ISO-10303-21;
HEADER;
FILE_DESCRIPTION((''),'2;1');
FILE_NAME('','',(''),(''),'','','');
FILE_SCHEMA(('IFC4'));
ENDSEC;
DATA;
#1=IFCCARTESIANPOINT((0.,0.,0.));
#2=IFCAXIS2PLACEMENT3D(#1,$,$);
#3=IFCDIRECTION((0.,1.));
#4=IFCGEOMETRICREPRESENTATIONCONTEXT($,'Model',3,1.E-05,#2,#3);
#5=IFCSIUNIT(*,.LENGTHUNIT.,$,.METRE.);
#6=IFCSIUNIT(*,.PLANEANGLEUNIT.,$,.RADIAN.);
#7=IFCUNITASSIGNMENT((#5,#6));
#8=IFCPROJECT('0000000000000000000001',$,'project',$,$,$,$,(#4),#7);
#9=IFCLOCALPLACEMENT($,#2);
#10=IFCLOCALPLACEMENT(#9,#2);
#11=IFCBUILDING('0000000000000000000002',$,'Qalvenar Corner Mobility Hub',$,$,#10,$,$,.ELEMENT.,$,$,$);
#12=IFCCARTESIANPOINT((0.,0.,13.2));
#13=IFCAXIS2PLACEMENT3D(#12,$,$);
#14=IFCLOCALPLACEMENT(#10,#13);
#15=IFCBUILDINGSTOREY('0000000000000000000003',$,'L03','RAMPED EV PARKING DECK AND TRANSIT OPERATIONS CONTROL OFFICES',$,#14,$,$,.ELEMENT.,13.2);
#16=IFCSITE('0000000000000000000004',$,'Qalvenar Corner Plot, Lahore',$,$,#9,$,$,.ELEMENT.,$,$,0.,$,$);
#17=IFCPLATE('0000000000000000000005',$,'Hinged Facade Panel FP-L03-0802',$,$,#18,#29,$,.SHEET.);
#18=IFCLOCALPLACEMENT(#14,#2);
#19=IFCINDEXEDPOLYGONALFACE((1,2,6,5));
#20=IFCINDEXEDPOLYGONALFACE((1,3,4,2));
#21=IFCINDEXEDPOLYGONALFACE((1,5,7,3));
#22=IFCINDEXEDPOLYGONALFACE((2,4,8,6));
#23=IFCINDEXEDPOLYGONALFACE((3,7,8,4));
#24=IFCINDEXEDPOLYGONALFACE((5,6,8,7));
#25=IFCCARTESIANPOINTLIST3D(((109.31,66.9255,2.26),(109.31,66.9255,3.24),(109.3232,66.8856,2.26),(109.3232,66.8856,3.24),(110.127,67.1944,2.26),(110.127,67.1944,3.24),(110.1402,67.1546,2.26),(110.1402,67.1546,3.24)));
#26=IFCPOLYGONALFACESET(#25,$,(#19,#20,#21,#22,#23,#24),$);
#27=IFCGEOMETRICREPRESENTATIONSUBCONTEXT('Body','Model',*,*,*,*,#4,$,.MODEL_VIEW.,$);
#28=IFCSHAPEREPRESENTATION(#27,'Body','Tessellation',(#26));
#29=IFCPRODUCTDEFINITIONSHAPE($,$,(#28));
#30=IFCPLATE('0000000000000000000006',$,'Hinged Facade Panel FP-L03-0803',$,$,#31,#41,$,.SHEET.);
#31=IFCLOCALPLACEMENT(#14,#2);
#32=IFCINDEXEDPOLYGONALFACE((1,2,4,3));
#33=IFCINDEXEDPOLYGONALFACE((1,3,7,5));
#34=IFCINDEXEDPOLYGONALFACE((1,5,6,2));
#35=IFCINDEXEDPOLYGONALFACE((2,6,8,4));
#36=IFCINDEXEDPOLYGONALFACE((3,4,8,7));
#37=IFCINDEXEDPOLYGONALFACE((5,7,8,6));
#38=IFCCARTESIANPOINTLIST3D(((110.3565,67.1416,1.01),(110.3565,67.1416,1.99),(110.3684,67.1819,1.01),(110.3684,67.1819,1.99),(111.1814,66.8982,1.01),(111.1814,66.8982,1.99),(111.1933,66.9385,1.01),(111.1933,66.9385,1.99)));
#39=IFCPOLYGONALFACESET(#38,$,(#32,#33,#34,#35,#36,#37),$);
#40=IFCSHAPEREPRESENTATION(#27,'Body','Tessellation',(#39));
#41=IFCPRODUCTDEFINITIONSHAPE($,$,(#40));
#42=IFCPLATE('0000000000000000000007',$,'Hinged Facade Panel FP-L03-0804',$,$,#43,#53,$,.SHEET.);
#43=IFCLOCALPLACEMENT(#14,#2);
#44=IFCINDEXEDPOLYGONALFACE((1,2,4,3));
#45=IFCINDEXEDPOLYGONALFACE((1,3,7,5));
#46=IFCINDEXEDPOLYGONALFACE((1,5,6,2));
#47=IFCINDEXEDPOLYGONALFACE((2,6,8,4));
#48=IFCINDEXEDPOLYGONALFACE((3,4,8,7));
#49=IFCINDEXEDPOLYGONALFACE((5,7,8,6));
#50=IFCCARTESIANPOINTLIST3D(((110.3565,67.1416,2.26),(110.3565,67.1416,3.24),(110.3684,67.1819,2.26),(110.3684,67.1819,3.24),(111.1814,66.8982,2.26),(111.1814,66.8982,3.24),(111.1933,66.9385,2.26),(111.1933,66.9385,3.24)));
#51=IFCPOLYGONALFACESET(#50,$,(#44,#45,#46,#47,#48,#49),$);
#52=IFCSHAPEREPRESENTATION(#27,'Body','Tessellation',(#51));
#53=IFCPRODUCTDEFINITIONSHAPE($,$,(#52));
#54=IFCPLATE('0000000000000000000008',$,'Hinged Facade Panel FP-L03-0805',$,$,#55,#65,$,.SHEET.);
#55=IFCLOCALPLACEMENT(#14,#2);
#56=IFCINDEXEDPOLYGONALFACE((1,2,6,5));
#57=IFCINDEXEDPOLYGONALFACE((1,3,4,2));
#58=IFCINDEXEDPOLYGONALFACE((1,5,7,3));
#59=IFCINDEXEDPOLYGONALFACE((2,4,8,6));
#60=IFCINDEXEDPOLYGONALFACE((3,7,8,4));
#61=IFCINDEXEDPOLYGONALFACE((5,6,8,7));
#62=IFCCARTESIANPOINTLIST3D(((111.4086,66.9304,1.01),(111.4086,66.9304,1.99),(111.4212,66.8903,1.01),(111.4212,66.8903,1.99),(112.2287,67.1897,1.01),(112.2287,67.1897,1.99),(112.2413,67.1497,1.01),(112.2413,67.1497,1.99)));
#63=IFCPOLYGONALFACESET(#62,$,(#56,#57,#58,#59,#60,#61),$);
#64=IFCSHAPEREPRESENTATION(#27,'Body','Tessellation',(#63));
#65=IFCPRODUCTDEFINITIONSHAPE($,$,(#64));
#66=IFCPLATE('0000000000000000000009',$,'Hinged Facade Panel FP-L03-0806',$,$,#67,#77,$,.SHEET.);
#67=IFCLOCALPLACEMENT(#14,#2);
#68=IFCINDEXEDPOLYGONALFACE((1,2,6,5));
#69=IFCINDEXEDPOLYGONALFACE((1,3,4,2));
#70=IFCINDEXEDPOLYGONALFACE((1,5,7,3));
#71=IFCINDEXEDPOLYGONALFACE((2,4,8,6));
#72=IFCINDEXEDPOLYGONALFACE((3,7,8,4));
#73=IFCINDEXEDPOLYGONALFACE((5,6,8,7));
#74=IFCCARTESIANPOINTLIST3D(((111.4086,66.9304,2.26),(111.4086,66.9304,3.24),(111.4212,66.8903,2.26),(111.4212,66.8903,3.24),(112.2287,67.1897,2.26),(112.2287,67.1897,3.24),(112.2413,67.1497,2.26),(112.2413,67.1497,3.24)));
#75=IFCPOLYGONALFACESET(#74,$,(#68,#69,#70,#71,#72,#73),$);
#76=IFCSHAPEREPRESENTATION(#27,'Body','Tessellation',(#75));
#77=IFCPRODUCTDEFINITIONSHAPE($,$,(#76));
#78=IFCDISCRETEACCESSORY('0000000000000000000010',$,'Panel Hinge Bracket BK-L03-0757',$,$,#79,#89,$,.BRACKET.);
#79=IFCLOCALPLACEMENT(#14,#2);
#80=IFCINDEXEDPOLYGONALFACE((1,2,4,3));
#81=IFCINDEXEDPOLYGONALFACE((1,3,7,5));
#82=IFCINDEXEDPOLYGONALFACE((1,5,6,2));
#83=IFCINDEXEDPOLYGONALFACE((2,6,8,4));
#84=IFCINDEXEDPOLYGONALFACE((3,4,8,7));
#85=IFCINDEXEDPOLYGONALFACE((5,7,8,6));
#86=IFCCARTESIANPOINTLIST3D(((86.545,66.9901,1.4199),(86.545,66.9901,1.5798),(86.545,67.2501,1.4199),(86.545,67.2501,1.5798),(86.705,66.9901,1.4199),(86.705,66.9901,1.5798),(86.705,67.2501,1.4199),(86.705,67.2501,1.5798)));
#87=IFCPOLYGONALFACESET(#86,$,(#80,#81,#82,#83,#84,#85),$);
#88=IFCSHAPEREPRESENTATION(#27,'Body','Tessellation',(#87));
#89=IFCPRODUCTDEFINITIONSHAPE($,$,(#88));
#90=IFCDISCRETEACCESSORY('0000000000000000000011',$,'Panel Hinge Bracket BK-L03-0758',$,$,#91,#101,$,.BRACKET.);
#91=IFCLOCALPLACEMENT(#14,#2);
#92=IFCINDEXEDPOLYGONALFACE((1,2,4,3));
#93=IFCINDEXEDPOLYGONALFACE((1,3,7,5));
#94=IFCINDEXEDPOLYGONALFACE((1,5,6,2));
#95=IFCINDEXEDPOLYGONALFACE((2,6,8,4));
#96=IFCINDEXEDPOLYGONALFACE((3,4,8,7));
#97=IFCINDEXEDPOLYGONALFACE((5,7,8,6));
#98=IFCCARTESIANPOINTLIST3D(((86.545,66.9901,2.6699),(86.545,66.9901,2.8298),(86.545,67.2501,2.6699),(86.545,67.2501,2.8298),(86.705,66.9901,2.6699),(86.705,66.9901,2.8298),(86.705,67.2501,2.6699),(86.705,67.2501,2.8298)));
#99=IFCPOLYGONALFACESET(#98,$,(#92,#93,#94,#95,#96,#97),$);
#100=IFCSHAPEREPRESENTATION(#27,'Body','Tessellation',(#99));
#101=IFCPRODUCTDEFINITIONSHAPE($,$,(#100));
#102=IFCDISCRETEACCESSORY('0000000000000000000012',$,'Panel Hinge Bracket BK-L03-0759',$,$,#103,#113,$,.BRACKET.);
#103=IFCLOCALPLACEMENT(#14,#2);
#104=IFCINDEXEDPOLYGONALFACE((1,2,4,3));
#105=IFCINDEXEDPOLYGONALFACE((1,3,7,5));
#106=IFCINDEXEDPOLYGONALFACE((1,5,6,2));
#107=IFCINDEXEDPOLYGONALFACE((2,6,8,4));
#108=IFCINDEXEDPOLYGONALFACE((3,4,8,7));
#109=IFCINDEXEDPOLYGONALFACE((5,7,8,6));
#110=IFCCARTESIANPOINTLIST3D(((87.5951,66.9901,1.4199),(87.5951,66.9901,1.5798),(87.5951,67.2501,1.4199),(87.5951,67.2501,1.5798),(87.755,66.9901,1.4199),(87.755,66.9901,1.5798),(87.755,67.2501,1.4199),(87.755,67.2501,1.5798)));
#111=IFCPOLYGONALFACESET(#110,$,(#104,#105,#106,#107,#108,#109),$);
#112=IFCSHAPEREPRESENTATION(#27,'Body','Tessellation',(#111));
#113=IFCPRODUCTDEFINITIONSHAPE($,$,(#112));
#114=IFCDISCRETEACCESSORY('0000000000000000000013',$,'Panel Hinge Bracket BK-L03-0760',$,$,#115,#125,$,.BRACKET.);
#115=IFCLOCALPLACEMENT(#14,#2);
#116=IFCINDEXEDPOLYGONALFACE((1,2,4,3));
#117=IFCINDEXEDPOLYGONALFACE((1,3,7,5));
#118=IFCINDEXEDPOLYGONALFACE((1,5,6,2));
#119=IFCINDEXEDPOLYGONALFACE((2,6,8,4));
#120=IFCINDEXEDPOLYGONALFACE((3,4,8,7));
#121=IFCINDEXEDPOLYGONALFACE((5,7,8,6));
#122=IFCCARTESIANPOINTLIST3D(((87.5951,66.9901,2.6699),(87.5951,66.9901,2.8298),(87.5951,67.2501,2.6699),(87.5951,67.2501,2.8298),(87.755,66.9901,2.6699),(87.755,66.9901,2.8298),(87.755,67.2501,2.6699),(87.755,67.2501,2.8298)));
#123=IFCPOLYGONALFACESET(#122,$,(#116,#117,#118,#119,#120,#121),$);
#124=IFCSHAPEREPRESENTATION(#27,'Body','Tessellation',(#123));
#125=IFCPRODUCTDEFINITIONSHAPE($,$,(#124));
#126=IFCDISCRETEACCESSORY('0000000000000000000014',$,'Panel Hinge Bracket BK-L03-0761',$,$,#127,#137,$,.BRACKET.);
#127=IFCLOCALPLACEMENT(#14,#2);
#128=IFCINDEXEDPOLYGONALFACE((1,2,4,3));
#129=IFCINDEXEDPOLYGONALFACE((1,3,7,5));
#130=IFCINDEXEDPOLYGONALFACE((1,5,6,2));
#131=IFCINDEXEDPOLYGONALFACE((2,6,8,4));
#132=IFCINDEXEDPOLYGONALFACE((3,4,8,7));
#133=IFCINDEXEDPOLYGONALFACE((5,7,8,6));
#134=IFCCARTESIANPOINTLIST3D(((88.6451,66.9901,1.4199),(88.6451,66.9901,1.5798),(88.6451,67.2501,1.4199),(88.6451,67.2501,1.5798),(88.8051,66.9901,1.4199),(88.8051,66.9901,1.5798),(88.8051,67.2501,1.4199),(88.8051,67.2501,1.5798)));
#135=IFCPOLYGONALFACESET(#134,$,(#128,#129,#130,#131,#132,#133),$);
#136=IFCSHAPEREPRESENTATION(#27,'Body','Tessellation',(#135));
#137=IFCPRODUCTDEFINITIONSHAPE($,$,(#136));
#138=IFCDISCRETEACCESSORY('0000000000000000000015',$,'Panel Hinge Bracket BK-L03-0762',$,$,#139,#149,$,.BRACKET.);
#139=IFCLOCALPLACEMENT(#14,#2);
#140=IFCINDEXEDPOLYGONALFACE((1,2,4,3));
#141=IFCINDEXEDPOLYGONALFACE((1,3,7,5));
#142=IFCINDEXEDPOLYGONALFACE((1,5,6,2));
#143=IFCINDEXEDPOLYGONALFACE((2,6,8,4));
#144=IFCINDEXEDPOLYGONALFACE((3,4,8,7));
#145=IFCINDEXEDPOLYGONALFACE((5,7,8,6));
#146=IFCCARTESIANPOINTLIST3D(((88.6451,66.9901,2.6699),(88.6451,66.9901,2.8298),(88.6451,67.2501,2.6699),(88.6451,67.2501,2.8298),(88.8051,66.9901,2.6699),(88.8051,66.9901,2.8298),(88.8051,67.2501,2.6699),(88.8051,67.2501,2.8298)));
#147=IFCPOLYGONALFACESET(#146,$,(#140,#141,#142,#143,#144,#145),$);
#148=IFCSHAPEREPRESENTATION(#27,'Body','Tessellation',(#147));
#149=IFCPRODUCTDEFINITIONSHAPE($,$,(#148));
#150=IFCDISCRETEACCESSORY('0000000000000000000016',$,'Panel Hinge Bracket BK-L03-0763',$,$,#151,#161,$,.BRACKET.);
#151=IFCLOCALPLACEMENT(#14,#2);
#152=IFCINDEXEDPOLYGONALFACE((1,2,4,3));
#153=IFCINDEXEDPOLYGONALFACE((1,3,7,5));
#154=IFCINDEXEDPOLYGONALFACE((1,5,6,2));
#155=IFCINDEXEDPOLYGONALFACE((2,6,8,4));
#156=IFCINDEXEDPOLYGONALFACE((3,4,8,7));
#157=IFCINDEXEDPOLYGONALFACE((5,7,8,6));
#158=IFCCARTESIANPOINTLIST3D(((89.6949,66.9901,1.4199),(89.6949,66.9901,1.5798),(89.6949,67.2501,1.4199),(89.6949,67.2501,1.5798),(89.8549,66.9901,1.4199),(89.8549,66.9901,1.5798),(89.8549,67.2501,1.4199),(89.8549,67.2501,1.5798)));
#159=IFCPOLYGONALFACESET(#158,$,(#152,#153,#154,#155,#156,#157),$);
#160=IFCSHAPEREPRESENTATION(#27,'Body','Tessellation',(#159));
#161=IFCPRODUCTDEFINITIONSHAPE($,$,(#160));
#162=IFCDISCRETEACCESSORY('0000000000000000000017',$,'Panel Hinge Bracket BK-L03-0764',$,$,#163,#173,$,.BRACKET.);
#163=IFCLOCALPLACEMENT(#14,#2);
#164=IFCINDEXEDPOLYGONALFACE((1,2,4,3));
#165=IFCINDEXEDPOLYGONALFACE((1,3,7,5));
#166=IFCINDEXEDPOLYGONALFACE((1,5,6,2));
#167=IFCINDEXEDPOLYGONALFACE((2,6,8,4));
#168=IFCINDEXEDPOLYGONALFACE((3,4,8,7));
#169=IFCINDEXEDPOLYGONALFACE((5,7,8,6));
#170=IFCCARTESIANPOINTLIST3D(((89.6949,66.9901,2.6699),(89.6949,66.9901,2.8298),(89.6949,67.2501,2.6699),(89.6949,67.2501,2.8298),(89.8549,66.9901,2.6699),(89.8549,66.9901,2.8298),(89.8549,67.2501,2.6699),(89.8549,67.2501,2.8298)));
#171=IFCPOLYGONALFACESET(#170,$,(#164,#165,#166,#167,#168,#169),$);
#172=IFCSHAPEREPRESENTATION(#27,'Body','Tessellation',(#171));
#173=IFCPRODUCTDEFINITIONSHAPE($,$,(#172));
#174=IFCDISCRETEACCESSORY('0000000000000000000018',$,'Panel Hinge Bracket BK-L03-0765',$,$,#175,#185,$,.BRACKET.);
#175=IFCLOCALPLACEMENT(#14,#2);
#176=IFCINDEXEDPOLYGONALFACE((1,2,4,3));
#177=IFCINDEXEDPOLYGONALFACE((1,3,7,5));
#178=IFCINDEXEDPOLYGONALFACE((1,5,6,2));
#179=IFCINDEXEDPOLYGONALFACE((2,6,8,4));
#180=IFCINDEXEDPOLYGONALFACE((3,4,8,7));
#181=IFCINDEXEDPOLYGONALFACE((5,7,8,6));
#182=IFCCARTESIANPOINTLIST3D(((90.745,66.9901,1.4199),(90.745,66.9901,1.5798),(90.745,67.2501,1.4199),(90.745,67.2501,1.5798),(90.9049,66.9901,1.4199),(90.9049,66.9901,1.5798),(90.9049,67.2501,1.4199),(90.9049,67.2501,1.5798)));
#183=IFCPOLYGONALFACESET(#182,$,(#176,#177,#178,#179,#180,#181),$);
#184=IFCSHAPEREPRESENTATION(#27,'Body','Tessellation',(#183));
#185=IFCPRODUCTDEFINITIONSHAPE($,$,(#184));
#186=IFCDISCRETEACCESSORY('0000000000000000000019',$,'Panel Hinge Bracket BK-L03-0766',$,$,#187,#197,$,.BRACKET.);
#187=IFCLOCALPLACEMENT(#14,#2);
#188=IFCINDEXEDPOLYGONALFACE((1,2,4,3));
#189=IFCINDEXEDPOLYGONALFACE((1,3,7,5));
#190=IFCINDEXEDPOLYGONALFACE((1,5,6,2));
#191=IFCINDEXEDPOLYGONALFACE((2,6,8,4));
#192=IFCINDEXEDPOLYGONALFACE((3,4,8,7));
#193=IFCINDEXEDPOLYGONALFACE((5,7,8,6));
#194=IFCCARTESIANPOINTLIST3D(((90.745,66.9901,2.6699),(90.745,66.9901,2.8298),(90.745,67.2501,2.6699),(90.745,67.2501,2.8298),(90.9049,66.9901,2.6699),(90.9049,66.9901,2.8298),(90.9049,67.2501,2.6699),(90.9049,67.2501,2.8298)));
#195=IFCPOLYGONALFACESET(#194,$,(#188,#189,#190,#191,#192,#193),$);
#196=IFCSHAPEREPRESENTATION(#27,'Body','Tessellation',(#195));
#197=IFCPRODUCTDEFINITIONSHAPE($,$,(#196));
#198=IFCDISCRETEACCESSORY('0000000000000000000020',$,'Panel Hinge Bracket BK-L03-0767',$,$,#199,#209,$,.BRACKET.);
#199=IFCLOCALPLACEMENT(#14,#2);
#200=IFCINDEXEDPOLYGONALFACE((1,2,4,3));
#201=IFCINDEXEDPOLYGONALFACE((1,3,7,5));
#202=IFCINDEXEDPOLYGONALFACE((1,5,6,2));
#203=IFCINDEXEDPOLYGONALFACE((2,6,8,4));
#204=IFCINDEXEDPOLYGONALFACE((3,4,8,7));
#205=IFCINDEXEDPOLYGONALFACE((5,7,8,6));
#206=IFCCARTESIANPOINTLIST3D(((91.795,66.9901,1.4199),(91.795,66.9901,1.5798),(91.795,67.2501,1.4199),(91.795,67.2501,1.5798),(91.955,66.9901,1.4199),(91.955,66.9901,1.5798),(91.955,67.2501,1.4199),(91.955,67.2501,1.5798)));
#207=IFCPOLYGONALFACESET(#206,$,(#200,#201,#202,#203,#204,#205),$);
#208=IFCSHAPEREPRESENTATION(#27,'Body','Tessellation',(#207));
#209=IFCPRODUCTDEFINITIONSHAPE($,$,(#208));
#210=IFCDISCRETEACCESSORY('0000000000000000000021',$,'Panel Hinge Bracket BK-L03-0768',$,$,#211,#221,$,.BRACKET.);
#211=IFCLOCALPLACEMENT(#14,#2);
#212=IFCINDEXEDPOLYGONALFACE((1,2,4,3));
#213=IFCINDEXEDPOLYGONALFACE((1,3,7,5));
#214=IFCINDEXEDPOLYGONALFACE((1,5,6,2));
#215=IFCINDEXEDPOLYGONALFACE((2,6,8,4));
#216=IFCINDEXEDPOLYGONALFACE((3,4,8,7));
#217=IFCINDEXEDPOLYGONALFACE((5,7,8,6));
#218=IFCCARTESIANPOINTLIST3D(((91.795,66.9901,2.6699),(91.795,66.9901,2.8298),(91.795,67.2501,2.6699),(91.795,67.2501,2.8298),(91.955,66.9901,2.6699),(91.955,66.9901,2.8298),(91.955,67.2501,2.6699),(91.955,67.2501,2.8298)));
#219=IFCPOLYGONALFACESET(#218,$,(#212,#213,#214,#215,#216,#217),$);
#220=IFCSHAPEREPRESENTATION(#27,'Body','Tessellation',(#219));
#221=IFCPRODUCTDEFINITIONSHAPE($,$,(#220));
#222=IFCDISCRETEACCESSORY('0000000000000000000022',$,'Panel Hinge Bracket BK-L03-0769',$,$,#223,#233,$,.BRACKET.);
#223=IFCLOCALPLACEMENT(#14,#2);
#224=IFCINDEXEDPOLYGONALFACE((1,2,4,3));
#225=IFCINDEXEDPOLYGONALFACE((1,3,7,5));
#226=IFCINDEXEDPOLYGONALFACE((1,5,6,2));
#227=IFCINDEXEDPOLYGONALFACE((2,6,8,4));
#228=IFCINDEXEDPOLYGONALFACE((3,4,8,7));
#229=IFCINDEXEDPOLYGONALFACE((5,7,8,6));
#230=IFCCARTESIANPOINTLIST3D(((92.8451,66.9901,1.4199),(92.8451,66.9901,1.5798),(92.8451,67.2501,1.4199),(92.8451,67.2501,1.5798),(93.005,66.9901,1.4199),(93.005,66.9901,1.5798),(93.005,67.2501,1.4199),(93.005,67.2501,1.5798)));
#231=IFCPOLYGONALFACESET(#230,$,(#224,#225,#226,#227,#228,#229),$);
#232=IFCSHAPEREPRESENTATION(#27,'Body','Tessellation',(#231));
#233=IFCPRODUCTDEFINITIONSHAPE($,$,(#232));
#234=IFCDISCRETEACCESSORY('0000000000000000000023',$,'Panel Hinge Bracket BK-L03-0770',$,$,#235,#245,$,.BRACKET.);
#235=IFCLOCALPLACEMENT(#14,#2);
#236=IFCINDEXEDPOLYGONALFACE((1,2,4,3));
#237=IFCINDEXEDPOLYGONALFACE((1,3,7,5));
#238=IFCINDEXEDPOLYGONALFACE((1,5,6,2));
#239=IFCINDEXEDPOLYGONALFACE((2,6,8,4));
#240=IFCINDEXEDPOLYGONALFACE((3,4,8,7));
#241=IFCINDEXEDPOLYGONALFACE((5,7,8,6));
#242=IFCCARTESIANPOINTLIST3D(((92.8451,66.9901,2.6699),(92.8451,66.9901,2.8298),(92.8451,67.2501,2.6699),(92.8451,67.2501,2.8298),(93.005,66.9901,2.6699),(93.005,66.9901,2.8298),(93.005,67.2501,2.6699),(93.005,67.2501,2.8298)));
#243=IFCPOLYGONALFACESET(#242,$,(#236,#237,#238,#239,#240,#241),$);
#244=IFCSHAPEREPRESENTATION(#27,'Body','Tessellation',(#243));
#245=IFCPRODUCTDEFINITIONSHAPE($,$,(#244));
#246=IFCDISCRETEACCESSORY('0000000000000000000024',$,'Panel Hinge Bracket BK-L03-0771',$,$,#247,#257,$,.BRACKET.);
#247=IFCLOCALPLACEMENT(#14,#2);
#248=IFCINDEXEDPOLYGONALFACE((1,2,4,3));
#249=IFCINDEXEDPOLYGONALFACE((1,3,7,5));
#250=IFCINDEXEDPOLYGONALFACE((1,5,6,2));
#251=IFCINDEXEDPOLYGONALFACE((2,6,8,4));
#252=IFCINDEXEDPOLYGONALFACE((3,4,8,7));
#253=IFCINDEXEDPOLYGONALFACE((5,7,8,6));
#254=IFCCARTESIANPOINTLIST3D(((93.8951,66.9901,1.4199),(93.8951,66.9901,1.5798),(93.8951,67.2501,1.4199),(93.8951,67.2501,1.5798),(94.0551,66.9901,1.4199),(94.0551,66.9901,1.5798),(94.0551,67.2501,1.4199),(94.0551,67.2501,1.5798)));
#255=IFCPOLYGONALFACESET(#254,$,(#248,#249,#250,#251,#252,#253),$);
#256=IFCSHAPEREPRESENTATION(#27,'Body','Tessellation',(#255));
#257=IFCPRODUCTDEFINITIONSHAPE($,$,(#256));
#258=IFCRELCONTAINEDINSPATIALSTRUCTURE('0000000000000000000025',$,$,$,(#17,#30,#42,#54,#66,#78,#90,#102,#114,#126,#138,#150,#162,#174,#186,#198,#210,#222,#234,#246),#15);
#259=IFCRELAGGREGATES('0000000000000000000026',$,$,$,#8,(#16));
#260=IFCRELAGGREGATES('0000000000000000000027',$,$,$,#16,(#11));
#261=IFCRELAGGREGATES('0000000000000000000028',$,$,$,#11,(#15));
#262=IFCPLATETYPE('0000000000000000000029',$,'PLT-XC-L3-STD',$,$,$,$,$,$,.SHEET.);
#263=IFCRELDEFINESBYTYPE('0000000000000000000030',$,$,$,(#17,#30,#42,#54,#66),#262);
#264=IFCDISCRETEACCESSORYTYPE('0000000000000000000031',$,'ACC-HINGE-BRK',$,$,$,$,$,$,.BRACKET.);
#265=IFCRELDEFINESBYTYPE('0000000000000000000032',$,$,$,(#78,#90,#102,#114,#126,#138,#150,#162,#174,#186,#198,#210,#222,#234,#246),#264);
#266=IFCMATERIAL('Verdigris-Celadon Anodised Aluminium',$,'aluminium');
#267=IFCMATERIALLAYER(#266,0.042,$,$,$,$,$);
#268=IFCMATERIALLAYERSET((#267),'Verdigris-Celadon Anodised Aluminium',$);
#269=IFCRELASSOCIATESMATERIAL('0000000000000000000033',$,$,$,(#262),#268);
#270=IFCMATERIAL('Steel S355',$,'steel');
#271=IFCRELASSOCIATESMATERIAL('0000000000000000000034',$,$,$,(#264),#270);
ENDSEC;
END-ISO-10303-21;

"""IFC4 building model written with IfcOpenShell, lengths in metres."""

from ifc_helpers import new_model, si_unit, direction, frame, origin, origin_2d, place, context, subcontext, project, spatial, rectangle, extrude, material, layer, layer_set, type_object, element, save


model = new_model("IFC4")

# Units and contexts
model_context = context("Model", 3, precision=1e-05, world=origin(), true_north=direction((0.0, 1.0)))
body_context = subcontext(model_context, "Body", "Model", "MODEL_VIEW")
ifc_project = project(units=[si_unit("LENGTHUNIT", "METRE"), si_unit("PLANEANGLEUNIT", "RADIAN")], contexts=[model_context])

# Site, building, storey
site_placement = place(None, origin())
site = spatial("IfcSite", under=ifc_project, at=site_placement, Name="Qalvenar Corner Plot, Lahore", CompositionType="ELEMENT", RefElevation=0.0)
building_placement = place(site_placement, origin())
building = spatial("IfcBuilding", under=site, at=building_placement, Name="Qalvenar Corner Mobility Hub", CompositionType="ELEMENT")
storey_placement = place(building_placement, frame((0.0, 0.0, 13.2)))
storey = spatial("IfcBuildingStorey", under=building, at=storey_placement, Name="L03", Description="RAMPED EV PARKING DECK AND TRANSIT OPERATIONS CONTROL OFFICES", CompositionType="ELEMENT", Elevation=13.2)

# Plates
ifc_material_1 = material(Name="Verdigris-Celadon Anodised Aluminium", Category="aluminium")
ifc_layer = layer(ifc_material_1, 0.042)
ifc_layer_set = layer_set([ifc_layer], Name="Verdigris-Celadon Anodised Aluminium")
plate_type = type_object("IfcPlateType", Name="PLT-XC-L3-STD", PredefinedType="SHEET", material=ifc_layer_set)
for number, where, z_axis, x_axis, name in (
    (1, (109.7251, 67.04, 2.26), (0.0, 0.0, 1.0), (0.949863, 0.312667, 0.0), "Hinged Facade Panel FP-L03-0802"),
    (2, (110.7749, 67.04, 1.01), (0.0, 0.0, 1.0), (0.959117, -0.283011, 0.0), "Hinged Facade Panel FP-L03-0803"),
    (3, (110.7749, 67.04, 2.26), (0.0, 0.0, 1.0), (0.959117, -0.283011, 0.0), "Hinged Facade Panel FP-L03-0804"),
    (4, (111.825, 67.04, 1.01), (0.0, 0.0, 1.0), (0.953454, 0.301538, 0.0), "Hinged Facade Panel FP-L03-0805"),
    (5, (111.825, 67.04, 2.26), (0.0, 0.0, 1.0), (0.953454, 0.301538, 0.0), "Hinged Facade Panel FP-L03-0806"),
):
    element("IfcPlate", number, at=place(storey_placement, frame(where, z_axis=z_axis, x_axis=x_axis)), inside=storey, type_object=plate_type, Name=name, PredefinedType="SHEET", context=body_context, shape_type="SweptSolid", body=[
        extrude(rectangle(XDim=0.8601, YDim=0.042, at=origin_2d()), origin(), (0.0, 0.0, 1.0), 0.98),
    ])

# Discrete accessories
ifc_material_2 = material(Name="Steel S355", Category="steel")
discrete_accessory_type = type_object("IfcDiscreteAccessoryType", Name="ACC-HINGE-BRK", PredefinedType="BRACKET", material=ifc_material_2)
for number, where, z_axis, x_axis, name in (
    (6, (86.625, 67.1201, 1.4199), (0.0, 0.0, 1.0), (1.0, 0.0, 0.0), "Panel Hinge Bracket BK-L03-0757"),
    (7, (86.625, 67.1201, 2.6699), (0.0, 0.0, 1.0), (1.0, 0.0, 0.0), "Panel Hinge Bracket BK-L03-0758"),
    (8, (87.675, 67.1201, 1.4199), (0.0, 0.0, 1.0), (1.0, 0.0, 0.0), "Panel Hinge Bracket BK-L03-0759"),
    (9, (87.675, 67.1201, 2.6699), (0.0, 0.0, 1.0), (1.0, 0.0, 0.0), "Panel Hinge Bracket BK-L03-0760"),
    (10, (88.7251, 67.1201, 1.4199), (0.0, 0.0, 1.0), (1.0, 0.0, 0.0), "Panel Hinge Bracket BK-L03-0761"),
    (11, (88.7251, 67.1201, 2.6699), (0.0, 0.0, 1.0), (1.0, 0.0, 0.0), "Panel Hinge Bracket BK-L03-0762"),
    (12, (89.7749, 67.1201, 1.4199), (0.0, 0.0, 1.0), (1.0, 0.0, 0.0), "Panel Hinge Bracket BK-L03-0763"),
    (13, (89.7749, 67.1201, 2.6699), (0.0, 0.0, 1.0), (1.0, 0.0, 0.0), "Panel Hinge Bracket BK-L03-0764"),
    (14, (90.825, 67.1201, 1.4199), (0.0, 0.0, 1.0), (1.0, 0.0, 0.0), "Panel Hinge Bracket BK-L03-0765"),
    (15, (90.825, 67.1201, 2.6699), (0.0, 0.0, 1.0), (1.0, 0.0, 0.0), "Panel Hinge Bracket BK-L03-0766"),
    (16, (91.875, 67.1201, 1.4199), (0.0, 0.0, 1.0), (1.0, 0.0, 0.0), "Panel Hinge Bracket BK-L03-0767"),
    (17, (91.875, 67.1201, 2.6699), (0.0, 0.0, 1.0), (1.0, 0.0, 0.0), "Panel Hinge Bracket BK-L03-0768"),
    (18, (92.925, 67.1201, 1.4199), (0.0, 0.0, 1.0), (1.0, 0.0, 0.0), "Panel Hinge Bracket BK-L03-0769"),
    (19, (92.925, 67.1201, 2.6699), (0.0, 0.0, 1.0), (1.0, 0.0, 0.0), "Panel Hinge Bracket BK-L03-0770"),
    (20, (93.9751, 67.1201, 1.4199), (0.0, 0.0, 1.0), (1.0, 0.0, 0.0), "Panel Hinge Bracket BK-L03-0771"),
):
    element("IfcDiscreteAccessory", number, at=place(storey_placement, frame(where, z_axis=z_axis, x_axis=x_axis)), inside=storey, type_object=discrete_accessory_type, Name=name, PredefinedType="BRACKET", context=body_context, shape_type="SweptSolid", body=[
        extrude(rectangle(XDim=0.1599, YDim=0.26, at=origin_2d()), origin(), (0.0, 0.0, 1.0), 0.1599),
    ])

save(model, "model.ifc")
